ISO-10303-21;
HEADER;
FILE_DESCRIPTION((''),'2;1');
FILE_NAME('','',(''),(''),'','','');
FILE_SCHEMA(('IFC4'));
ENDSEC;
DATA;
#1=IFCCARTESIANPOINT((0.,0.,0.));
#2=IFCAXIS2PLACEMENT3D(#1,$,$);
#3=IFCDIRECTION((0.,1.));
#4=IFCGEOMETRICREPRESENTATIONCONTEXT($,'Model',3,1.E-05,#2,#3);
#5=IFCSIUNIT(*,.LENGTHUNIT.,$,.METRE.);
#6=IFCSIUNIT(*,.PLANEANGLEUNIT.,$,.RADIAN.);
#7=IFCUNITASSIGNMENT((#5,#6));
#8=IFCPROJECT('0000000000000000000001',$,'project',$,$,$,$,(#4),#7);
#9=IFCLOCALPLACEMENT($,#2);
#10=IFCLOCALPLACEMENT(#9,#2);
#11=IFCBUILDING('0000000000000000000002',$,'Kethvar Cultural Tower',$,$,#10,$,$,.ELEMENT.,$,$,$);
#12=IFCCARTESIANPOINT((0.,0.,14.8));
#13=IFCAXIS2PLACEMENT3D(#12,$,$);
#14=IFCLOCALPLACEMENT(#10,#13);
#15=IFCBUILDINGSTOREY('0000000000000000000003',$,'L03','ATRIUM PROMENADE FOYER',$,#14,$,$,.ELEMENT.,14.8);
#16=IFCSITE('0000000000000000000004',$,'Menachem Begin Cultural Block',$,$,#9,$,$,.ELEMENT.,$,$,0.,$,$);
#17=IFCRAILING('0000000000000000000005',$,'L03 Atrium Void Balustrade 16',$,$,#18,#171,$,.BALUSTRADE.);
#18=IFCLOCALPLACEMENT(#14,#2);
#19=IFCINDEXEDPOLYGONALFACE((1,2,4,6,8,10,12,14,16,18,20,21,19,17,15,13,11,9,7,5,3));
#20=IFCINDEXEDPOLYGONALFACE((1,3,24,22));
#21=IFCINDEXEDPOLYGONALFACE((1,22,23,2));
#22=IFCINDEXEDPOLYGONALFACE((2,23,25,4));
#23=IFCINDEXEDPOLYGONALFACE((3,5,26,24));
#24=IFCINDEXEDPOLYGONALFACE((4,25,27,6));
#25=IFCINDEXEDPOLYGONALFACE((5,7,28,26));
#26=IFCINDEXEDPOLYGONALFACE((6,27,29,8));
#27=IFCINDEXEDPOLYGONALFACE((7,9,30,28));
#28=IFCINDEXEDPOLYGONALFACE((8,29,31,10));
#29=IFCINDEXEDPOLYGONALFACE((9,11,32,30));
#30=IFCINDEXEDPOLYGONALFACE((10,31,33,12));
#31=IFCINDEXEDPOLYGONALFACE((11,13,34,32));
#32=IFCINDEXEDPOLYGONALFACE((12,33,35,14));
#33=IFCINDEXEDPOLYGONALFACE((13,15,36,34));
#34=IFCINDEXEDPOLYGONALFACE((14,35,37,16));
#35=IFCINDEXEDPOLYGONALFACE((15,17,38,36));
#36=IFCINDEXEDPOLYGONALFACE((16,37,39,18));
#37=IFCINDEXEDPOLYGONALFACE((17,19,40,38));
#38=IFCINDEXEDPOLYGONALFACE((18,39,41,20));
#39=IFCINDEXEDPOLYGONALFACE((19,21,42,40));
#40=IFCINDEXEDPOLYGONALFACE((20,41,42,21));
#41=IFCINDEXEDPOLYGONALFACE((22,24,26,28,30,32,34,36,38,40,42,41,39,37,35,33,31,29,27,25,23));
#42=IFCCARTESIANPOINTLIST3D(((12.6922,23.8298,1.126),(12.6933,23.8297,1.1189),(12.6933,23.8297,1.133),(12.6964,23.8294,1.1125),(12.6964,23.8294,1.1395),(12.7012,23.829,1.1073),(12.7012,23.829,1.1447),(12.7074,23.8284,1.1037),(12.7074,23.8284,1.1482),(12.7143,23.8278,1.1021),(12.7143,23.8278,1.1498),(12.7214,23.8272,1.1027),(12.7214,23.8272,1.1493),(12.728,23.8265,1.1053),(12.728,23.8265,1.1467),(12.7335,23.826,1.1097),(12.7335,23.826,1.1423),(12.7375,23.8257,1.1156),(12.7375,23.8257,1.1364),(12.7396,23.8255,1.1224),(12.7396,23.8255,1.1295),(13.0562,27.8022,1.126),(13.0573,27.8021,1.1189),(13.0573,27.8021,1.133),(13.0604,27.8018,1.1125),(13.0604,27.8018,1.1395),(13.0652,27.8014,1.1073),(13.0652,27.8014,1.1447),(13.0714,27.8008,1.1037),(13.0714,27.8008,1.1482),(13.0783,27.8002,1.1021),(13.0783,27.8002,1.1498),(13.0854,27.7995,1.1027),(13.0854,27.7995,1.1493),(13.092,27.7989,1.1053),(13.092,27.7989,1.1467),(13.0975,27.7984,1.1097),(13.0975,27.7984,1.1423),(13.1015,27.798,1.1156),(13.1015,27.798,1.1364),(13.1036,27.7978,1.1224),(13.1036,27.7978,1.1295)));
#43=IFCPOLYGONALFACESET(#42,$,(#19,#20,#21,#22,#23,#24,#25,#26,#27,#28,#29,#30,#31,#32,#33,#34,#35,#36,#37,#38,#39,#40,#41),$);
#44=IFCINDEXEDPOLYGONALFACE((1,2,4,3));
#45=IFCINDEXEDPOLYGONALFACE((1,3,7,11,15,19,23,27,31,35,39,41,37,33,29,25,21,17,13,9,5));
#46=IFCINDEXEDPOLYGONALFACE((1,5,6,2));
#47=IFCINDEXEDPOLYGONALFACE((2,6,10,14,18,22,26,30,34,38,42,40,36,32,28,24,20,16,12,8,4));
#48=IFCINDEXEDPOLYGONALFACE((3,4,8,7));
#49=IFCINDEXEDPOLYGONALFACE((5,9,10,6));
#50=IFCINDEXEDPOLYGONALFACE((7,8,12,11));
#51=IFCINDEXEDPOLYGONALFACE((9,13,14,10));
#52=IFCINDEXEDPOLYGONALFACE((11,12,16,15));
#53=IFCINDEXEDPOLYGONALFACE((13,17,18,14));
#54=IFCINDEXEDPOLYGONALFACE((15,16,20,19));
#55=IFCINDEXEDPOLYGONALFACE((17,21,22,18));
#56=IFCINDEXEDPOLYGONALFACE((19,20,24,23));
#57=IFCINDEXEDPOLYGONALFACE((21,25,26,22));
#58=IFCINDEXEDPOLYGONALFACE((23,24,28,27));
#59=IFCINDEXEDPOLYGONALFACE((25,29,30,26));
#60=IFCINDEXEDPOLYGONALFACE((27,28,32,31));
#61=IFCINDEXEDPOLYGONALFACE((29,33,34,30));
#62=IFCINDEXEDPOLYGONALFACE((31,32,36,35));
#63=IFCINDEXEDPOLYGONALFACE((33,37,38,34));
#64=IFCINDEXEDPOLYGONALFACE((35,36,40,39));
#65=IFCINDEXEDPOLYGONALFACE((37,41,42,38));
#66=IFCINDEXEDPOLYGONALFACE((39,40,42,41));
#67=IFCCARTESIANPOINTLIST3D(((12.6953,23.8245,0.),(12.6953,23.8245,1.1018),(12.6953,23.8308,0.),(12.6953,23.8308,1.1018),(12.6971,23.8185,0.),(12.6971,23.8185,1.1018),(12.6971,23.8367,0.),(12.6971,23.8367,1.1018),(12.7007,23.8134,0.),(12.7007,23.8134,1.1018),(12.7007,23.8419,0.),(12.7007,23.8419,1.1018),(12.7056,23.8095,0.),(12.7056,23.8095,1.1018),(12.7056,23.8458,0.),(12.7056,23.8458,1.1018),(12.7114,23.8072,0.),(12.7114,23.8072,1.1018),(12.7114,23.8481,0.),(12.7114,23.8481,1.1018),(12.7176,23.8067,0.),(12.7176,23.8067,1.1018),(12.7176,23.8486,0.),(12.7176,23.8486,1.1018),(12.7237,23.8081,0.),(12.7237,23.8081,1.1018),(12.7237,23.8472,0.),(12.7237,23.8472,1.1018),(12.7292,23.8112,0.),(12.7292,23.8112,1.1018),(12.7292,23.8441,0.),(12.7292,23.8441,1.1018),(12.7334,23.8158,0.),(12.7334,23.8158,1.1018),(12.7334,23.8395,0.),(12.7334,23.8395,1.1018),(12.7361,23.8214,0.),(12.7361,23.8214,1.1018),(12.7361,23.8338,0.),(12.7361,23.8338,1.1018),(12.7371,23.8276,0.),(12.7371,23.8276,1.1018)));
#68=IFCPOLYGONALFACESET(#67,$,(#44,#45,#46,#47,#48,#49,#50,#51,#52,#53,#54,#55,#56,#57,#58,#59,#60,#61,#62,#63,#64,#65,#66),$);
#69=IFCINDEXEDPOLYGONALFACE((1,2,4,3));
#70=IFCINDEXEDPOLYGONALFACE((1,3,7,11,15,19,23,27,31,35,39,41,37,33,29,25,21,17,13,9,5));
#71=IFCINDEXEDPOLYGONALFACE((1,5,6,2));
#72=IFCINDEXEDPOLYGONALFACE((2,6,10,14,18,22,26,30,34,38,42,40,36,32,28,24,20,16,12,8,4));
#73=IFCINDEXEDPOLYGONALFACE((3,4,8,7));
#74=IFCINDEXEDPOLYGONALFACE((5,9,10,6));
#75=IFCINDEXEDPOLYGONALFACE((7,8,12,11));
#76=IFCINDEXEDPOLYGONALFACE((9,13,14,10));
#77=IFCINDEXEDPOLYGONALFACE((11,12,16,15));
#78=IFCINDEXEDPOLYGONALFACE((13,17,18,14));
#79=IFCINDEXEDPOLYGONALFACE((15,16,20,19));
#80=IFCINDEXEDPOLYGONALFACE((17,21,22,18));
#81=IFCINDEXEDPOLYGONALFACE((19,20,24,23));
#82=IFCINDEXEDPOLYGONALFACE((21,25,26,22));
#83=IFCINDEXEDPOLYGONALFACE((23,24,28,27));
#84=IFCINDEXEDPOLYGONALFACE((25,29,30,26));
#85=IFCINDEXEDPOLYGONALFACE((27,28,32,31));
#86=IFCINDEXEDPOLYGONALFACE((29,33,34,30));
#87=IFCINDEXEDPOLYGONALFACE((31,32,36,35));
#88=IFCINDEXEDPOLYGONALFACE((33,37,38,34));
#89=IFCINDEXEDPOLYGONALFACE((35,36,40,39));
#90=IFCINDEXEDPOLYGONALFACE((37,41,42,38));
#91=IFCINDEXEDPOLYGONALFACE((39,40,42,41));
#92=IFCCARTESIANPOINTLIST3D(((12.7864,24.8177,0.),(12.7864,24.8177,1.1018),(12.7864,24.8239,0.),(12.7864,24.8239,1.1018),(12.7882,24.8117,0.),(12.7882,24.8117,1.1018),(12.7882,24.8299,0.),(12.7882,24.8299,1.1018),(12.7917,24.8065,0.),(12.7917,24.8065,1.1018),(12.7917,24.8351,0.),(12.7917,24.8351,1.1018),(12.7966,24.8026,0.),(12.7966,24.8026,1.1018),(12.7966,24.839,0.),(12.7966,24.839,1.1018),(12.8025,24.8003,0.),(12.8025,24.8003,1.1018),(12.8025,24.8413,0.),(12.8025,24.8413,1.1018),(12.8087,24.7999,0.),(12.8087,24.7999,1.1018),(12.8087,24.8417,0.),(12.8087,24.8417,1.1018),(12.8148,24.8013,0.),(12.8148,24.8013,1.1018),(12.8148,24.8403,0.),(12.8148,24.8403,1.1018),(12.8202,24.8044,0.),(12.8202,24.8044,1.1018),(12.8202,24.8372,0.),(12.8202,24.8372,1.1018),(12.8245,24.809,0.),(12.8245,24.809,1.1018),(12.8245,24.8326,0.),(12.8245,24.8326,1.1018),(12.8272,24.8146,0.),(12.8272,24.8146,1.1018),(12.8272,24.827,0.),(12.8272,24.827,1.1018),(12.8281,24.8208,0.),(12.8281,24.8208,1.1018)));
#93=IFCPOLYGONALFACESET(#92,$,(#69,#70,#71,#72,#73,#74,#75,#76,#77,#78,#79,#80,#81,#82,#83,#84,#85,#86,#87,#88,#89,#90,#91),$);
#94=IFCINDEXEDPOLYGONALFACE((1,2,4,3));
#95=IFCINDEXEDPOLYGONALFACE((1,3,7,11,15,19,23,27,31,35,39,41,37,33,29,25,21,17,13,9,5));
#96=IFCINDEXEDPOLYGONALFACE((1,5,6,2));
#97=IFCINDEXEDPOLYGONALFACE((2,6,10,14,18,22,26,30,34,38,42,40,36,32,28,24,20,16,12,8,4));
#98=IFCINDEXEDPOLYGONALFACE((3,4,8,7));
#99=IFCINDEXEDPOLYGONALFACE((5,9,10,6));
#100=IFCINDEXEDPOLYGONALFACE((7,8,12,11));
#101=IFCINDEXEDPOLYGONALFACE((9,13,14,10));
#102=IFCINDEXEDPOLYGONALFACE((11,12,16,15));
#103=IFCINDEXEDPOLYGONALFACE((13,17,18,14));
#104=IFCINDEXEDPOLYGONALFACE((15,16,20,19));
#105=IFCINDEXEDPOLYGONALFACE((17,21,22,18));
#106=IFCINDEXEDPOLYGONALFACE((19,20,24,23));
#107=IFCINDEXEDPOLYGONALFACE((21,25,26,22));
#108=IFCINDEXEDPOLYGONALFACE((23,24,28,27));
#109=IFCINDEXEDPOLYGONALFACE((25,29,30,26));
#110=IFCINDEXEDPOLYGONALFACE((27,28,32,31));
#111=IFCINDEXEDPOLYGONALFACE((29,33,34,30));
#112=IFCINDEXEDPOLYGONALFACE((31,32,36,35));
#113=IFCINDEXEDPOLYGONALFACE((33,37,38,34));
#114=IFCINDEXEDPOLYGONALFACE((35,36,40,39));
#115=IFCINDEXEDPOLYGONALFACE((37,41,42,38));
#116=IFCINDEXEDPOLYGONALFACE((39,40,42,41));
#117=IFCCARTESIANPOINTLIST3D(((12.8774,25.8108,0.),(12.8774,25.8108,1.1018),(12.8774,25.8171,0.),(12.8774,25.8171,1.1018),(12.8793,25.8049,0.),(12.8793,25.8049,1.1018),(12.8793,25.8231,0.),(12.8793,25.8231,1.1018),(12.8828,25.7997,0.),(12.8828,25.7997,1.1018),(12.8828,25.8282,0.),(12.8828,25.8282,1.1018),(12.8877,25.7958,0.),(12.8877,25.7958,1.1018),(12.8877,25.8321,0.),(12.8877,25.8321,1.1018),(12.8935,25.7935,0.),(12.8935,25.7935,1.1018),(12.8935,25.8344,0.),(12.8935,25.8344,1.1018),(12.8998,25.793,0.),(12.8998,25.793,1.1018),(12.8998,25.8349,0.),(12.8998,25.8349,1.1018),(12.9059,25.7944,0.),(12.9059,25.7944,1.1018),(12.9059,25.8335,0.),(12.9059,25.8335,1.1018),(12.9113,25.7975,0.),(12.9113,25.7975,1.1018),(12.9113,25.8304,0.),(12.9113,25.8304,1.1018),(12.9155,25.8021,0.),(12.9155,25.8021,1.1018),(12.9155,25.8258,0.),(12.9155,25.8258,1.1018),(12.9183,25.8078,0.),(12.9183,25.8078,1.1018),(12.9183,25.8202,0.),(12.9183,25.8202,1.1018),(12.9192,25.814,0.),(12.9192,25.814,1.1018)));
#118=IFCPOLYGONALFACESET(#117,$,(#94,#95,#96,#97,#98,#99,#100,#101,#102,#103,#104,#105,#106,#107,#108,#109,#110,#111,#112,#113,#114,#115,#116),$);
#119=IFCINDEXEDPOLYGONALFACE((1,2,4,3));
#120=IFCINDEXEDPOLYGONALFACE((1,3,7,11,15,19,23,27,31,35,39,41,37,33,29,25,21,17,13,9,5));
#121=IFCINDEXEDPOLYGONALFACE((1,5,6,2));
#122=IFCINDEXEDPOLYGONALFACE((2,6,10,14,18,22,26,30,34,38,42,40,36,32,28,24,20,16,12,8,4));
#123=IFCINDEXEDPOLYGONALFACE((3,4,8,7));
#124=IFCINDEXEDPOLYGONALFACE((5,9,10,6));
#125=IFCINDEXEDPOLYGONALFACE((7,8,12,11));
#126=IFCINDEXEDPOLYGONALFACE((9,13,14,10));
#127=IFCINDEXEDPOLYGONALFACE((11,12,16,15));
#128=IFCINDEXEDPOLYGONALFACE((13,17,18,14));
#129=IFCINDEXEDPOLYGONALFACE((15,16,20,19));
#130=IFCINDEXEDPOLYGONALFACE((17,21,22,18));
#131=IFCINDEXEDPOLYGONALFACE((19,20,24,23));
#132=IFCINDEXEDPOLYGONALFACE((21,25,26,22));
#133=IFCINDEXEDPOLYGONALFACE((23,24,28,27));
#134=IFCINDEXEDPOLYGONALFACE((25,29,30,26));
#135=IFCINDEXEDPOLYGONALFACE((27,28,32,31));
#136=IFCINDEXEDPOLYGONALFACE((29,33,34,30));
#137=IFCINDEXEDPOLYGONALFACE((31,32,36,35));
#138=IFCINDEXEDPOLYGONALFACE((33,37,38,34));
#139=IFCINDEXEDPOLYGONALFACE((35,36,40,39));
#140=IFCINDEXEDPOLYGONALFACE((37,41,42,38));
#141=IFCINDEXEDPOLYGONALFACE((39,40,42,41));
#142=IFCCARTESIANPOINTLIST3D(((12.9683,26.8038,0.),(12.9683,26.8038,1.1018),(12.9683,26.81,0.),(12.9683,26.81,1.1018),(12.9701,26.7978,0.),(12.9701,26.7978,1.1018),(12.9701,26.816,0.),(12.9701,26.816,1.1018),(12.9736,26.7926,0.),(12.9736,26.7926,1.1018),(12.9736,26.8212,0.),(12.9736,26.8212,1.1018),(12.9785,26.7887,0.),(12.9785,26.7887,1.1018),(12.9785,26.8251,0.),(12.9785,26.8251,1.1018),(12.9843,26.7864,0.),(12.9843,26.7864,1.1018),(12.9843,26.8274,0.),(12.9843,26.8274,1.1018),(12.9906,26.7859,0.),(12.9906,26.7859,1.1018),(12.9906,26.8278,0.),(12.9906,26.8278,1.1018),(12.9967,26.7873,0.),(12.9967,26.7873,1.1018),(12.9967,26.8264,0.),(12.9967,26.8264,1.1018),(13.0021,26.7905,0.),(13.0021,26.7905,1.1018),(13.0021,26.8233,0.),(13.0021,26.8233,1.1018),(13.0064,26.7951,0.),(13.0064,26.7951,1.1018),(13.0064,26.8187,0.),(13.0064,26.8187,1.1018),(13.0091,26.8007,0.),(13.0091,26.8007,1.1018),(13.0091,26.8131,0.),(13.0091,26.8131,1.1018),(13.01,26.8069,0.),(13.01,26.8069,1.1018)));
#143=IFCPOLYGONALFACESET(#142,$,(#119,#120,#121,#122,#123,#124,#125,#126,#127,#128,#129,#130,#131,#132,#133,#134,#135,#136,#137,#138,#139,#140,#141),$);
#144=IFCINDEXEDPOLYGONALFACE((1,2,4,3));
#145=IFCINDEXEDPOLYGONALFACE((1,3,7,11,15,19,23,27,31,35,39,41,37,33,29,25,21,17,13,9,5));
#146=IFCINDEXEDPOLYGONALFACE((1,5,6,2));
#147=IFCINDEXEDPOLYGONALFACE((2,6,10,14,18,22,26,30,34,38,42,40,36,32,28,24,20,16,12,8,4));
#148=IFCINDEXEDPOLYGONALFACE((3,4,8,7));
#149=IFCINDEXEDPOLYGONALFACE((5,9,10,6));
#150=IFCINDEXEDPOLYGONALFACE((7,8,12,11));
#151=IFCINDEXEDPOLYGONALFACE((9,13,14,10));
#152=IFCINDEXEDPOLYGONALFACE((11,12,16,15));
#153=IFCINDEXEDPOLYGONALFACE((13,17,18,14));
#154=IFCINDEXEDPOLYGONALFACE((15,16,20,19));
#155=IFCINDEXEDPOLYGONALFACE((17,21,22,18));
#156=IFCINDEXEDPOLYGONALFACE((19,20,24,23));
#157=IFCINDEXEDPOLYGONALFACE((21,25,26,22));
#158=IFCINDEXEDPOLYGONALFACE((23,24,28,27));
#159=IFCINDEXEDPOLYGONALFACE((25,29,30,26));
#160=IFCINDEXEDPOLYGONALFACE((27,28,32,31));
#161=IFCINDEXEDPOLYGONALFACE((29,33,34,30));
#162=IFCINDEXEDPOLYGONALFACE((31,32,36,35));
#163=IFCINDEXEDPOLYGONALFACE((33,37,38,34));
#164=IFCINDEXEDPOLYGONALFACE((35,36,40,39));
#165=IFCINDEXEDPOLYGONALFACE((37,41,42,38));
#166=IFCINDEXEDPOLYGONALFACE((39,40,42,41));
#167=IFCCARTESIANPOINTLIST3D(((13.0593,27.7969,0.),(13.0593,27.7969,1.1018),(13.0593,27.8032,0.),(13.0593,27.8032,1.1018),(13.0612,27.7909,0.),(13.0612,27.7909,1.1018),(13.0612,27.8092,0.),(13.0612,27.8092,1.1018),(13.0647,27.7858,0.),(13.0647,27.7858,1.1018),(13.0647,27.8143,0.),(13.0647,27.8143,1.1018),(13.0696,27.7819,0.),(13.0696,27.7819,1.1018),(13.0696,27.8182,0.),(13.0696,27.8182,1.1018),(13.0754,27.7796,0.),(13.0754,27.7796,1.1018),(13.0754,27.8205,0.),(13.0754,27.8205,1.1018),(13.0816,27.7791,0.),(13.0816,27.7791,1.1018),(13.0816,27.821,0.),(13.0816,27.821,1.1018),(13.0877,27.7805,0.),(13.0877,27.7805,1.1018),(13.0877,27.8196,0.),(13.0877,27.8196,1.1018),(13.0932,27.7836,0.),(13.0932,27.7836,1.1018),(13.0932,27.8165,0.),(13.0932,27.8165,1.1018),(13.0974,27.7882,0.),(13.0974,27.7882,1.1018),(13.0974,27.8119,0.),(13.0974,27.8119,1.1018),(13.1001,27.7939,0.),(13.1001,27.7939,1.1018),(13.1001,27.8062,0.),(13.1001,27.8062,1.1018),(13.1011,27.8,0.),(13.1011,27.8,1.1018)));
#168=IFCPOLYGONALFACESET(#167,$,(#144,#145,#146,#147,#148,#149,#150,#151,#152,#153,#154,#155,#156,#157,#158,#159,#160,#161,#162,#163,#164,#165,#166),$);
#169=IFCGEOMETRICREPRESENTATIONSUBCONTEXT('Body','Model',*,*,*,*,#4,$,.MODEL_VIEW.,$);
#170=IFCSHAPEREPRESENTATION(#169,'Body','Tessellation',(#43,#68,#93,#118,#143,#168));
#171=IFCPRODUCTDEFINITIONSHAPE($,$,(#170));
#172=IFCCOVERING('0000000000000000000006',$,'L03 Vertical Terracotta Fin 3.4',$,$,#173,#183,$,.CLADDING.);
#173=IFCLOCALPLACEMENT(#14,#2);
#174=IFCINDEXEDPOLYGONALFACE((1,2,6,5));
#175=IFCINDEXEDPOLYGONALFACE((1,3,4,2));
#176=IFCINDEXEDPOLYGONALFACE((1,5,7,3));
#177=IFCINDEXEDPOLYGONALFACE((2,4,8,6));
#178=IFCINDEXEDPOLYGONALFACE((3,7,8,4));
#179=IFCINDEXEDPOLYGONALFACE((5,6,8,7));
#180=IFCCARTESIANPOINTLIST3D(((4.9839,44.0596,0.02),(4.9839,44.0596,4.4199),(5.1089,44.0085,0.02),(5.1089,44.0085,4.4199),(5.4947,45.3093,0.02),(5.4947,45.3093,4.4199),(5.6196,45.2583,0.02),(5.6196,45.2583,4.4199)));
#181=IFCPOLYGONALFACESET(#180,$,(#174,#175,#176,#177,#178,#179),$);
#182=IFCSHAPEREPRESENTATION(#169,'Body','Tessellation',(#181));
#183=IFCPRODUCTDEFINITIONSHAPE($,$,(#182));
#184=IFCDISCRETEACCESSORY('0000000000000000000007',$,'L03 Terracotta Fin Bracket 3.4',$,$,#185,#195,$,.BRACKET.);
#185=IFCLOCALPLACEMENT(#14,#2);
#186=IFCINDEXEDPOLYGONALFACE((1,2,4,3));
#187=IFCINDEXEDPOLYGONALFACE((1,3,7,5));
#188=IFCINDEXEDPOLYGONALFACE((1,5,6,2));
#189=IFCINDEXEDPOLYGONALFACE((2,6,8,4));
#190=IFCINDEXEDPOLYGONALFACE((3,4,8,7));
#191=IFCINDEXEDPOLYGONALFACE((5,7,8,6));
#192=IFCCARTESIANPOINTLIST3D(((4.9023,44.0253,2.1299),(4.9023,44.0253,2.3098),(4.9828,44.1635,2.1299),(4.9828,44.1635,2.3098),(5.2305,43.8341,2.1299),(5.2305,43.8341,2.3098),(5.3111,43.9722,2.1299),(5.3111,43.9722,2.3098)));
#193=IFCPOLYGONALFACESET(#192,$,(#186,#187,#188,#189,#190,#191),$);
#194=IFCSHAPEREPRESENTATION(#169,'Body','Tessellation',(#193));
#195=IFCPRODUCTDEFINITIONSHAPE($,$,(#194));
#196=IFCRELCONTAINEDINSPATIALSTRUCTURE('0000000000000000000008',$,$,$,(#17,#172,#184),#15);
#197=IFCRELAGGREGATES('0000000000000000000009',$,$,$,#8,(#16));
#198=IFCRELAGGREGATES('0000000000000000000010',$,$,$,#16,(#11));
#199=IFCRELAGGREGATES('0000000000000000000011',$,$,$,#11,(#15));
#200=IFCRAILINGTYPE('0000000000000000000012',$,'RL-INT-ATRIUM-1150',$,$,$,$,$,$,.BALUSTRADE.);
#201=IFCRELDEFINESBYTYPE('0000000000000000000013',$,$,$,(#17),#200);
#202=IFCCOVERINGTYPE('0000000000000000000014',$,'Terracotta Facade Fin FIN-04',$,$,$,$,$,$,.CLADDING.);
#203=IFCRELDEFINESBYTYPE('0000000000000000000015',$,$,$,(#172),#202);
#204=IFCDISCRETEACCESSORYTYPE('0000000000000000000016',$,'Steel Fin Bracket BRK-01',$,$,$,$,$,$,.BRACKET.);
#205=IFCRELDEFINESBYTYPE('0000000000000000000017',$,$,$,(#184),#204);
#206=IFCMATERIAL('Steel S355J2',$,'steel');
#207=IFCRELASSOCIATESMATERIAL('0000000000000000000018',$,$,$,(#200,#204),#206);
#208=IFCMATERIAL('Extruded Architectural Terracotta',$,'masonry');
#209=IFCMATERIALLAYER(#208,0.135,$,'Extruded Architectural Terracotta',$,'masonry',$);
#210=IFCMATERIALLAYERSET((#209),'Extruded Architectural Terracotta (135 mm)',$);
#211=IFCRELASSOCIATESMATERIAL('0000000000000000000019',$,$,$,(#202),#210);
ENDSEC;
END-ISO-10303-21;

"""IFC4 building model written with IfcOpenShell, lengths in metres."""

from ifc_helpers import new_model, si_unit, direction, frame, origin, origin_2d, place, context, subcontext, project, spatial, rectangle, circle, extrude, source, transform, mapped, material, layer, layer_set, type_object, element, save


model = new_model("IFC4")

# Units and contexts
model_context = context("Model", 3, precision=1e-05, world=origin(), true_north=direction((0.0, 1.0)))
body_context = subcontext(model_context, "Body", "Model", "MODEL_VIEW")
ifc_project = project(units=[si_unit("LENGTHUNIT", "METRE"), si_unit("PLANEANGLEUNIT", "RADIAN")], contexts=[model_context])

# Site, building, storey
site_placement = place(None, origin())
site = spatial("IfcSite", under=ifc_project, at=site_placement, Name="Menachem Begin Cultural Block", CompositionType="ELEMENT", RefElevation=0.0)
building_placement = place(site_placement, origin())
building = spatial("IfcBuilding", under=site, at=building_placement, Name="Kethvar Cultural Tower", CompositionType="ELEMENT")
storey_placement = place(building_placement, frame((0.0, 0.0, 14.8)))
storey = spatial("IfcBuildingStorey", under=building, at=storey_placement, Name="L03", Description="ATRIUM PROMENADE FOYER", CompositionType="ELEMENT", Elevation=14.8)

# Shared definitions
ifc_material_1 = material(Name="Steel S355J2", Category="steel")

# Railing
railing_type = type_object("IfcRailingType", Name="RL-INT-ATRIUM-1150", PredefinedType="BALUSTRADE", material=ifc_material_1)
railing_1_placement = place(storey_placement, frame((12.7161, 23.8276, 0.0)))
element("IfcRailing", 1, at=railing_1_placement, inside=storey, type_object=railing_type, Name="L03 Atrium Void Balustrade 16", PredefinedType="BALUSTRADE", context=body_context, shape_type="SweptSolid", body=[
    extrude(circle(Radius=0.0239, at=origin_2d()), frame((0.0, 0.0, 1.126), z_axis=(0.091253, 0.995828, 0.0), x_axis=(-0.995828, 0.091253, 0.0)), (0.0, 0.0, 1.0), 3.989),
    extrude(circle(Radius=0.021, at=origin_2d()), origin(), (0.0, 0.0, 1.0), 1.1018),
    extrude(circle(Radius=0.021, at=origin_2d()), frame((0.0911, 0.9932, 0.0)), (0.0, 0.0, 1.0), 1.1018),
    extrude(circle(Radius=0.021, at=origin_2d()), frame((0.1821, 1.9863, 0.0)), (0.0, 0.0, 1.0), 1.1018),
    extrude(circle(Radius=0.021, at=origin_2d()), frame((0.2729, 2.9792, 0.0)), (0.0, 0.0, 1.0), 1.1018),
    extrude(circle(Radius=0.021, at=origin_2d()), frame((0.364, 3.9724, 0.0)), (0.0, 0.0, 1.0), 1.1018),
])

# Covering
ifc_material_2 = material(Name="Extruded Architectural Terracotta", Category="masonry")
ifc_layer_1 = layer(ifc_material_2, 0.135, Name="Extruded Architectural Terracotta", Category="masonry")
ifc_layer_set_1 = layer_set([ifc_layer_1], Name="Extruded Architectural Terracotta (135 mm)")
covering_type = type_object("IfcCoveringType", Name="Terracotta Facade Fin FIN-04", PredefinedType="CLADDING", material=ifc_layer_set_1)
shared_shape_1 = source(origin(), body_context, "Body", "SweptSolid", [
    extrude(rectangle(XDim=1.3501, YDim=0.135, at=origin_2d()), origin(), (0.0, 0.0, 1.0), 4.3999),
])
covering_placement = place(storey_placement, frame((5.3018, 44.6589, 0.02), z_axis=(0.0, 0.0, 1.0), x_axis=(0.378326, 0.925673, 0.0)))
element("IfcCovering", 2, at=covering_placement, inside=storey, type_object=covering_type, Name="L03 Vertical Terracotta Fin 3.4", PredefinedType="CLADDING", context=body_context, shape_type="MappedRepresentation", body=[
    mapped(shared_shape_1, transform((0.0, 0.0, 0.0), scale=1.0)),
])

# Discrete accessory
discrete_accessory_type = type_object("IfcDiscreteAccessoryType", Name="Steel Fin Bracket BRK-01", PredefinedType="BRACKET", material=ifc_material_1)
shared_shape_2 = source(origin(), body_context, "Body", "SweptSolid", [
    extrude(rectangle(XDim=0.3799, YDim=0.1599, at=origin_2d()), origin(), (0.0, 0.0, 1.0), 0.1799),
])
discrete_accessory_placement = place(storey_placement, frame((5.1067, 43.9988, 2.1299), z_axis=(0.0, 0.0, 1.0), x_axis=(-0.864011, 0.503472, 0.0)))
element("IfcDiscreteAccessory", 3, at=discrete_accessory_placement, inside=storey, type_object=discrete_accessory_type, Name="L03 Terracotta Fin Bracket 3.4", PredefinedType="BRACKET", context=body_context, shape_type="MappedRepresentation", body=[
    mapped(shared_shape_2, transform((0.0, 0.0, 0.0), scale=1.0)),
])

save(model, "model.ifc")
